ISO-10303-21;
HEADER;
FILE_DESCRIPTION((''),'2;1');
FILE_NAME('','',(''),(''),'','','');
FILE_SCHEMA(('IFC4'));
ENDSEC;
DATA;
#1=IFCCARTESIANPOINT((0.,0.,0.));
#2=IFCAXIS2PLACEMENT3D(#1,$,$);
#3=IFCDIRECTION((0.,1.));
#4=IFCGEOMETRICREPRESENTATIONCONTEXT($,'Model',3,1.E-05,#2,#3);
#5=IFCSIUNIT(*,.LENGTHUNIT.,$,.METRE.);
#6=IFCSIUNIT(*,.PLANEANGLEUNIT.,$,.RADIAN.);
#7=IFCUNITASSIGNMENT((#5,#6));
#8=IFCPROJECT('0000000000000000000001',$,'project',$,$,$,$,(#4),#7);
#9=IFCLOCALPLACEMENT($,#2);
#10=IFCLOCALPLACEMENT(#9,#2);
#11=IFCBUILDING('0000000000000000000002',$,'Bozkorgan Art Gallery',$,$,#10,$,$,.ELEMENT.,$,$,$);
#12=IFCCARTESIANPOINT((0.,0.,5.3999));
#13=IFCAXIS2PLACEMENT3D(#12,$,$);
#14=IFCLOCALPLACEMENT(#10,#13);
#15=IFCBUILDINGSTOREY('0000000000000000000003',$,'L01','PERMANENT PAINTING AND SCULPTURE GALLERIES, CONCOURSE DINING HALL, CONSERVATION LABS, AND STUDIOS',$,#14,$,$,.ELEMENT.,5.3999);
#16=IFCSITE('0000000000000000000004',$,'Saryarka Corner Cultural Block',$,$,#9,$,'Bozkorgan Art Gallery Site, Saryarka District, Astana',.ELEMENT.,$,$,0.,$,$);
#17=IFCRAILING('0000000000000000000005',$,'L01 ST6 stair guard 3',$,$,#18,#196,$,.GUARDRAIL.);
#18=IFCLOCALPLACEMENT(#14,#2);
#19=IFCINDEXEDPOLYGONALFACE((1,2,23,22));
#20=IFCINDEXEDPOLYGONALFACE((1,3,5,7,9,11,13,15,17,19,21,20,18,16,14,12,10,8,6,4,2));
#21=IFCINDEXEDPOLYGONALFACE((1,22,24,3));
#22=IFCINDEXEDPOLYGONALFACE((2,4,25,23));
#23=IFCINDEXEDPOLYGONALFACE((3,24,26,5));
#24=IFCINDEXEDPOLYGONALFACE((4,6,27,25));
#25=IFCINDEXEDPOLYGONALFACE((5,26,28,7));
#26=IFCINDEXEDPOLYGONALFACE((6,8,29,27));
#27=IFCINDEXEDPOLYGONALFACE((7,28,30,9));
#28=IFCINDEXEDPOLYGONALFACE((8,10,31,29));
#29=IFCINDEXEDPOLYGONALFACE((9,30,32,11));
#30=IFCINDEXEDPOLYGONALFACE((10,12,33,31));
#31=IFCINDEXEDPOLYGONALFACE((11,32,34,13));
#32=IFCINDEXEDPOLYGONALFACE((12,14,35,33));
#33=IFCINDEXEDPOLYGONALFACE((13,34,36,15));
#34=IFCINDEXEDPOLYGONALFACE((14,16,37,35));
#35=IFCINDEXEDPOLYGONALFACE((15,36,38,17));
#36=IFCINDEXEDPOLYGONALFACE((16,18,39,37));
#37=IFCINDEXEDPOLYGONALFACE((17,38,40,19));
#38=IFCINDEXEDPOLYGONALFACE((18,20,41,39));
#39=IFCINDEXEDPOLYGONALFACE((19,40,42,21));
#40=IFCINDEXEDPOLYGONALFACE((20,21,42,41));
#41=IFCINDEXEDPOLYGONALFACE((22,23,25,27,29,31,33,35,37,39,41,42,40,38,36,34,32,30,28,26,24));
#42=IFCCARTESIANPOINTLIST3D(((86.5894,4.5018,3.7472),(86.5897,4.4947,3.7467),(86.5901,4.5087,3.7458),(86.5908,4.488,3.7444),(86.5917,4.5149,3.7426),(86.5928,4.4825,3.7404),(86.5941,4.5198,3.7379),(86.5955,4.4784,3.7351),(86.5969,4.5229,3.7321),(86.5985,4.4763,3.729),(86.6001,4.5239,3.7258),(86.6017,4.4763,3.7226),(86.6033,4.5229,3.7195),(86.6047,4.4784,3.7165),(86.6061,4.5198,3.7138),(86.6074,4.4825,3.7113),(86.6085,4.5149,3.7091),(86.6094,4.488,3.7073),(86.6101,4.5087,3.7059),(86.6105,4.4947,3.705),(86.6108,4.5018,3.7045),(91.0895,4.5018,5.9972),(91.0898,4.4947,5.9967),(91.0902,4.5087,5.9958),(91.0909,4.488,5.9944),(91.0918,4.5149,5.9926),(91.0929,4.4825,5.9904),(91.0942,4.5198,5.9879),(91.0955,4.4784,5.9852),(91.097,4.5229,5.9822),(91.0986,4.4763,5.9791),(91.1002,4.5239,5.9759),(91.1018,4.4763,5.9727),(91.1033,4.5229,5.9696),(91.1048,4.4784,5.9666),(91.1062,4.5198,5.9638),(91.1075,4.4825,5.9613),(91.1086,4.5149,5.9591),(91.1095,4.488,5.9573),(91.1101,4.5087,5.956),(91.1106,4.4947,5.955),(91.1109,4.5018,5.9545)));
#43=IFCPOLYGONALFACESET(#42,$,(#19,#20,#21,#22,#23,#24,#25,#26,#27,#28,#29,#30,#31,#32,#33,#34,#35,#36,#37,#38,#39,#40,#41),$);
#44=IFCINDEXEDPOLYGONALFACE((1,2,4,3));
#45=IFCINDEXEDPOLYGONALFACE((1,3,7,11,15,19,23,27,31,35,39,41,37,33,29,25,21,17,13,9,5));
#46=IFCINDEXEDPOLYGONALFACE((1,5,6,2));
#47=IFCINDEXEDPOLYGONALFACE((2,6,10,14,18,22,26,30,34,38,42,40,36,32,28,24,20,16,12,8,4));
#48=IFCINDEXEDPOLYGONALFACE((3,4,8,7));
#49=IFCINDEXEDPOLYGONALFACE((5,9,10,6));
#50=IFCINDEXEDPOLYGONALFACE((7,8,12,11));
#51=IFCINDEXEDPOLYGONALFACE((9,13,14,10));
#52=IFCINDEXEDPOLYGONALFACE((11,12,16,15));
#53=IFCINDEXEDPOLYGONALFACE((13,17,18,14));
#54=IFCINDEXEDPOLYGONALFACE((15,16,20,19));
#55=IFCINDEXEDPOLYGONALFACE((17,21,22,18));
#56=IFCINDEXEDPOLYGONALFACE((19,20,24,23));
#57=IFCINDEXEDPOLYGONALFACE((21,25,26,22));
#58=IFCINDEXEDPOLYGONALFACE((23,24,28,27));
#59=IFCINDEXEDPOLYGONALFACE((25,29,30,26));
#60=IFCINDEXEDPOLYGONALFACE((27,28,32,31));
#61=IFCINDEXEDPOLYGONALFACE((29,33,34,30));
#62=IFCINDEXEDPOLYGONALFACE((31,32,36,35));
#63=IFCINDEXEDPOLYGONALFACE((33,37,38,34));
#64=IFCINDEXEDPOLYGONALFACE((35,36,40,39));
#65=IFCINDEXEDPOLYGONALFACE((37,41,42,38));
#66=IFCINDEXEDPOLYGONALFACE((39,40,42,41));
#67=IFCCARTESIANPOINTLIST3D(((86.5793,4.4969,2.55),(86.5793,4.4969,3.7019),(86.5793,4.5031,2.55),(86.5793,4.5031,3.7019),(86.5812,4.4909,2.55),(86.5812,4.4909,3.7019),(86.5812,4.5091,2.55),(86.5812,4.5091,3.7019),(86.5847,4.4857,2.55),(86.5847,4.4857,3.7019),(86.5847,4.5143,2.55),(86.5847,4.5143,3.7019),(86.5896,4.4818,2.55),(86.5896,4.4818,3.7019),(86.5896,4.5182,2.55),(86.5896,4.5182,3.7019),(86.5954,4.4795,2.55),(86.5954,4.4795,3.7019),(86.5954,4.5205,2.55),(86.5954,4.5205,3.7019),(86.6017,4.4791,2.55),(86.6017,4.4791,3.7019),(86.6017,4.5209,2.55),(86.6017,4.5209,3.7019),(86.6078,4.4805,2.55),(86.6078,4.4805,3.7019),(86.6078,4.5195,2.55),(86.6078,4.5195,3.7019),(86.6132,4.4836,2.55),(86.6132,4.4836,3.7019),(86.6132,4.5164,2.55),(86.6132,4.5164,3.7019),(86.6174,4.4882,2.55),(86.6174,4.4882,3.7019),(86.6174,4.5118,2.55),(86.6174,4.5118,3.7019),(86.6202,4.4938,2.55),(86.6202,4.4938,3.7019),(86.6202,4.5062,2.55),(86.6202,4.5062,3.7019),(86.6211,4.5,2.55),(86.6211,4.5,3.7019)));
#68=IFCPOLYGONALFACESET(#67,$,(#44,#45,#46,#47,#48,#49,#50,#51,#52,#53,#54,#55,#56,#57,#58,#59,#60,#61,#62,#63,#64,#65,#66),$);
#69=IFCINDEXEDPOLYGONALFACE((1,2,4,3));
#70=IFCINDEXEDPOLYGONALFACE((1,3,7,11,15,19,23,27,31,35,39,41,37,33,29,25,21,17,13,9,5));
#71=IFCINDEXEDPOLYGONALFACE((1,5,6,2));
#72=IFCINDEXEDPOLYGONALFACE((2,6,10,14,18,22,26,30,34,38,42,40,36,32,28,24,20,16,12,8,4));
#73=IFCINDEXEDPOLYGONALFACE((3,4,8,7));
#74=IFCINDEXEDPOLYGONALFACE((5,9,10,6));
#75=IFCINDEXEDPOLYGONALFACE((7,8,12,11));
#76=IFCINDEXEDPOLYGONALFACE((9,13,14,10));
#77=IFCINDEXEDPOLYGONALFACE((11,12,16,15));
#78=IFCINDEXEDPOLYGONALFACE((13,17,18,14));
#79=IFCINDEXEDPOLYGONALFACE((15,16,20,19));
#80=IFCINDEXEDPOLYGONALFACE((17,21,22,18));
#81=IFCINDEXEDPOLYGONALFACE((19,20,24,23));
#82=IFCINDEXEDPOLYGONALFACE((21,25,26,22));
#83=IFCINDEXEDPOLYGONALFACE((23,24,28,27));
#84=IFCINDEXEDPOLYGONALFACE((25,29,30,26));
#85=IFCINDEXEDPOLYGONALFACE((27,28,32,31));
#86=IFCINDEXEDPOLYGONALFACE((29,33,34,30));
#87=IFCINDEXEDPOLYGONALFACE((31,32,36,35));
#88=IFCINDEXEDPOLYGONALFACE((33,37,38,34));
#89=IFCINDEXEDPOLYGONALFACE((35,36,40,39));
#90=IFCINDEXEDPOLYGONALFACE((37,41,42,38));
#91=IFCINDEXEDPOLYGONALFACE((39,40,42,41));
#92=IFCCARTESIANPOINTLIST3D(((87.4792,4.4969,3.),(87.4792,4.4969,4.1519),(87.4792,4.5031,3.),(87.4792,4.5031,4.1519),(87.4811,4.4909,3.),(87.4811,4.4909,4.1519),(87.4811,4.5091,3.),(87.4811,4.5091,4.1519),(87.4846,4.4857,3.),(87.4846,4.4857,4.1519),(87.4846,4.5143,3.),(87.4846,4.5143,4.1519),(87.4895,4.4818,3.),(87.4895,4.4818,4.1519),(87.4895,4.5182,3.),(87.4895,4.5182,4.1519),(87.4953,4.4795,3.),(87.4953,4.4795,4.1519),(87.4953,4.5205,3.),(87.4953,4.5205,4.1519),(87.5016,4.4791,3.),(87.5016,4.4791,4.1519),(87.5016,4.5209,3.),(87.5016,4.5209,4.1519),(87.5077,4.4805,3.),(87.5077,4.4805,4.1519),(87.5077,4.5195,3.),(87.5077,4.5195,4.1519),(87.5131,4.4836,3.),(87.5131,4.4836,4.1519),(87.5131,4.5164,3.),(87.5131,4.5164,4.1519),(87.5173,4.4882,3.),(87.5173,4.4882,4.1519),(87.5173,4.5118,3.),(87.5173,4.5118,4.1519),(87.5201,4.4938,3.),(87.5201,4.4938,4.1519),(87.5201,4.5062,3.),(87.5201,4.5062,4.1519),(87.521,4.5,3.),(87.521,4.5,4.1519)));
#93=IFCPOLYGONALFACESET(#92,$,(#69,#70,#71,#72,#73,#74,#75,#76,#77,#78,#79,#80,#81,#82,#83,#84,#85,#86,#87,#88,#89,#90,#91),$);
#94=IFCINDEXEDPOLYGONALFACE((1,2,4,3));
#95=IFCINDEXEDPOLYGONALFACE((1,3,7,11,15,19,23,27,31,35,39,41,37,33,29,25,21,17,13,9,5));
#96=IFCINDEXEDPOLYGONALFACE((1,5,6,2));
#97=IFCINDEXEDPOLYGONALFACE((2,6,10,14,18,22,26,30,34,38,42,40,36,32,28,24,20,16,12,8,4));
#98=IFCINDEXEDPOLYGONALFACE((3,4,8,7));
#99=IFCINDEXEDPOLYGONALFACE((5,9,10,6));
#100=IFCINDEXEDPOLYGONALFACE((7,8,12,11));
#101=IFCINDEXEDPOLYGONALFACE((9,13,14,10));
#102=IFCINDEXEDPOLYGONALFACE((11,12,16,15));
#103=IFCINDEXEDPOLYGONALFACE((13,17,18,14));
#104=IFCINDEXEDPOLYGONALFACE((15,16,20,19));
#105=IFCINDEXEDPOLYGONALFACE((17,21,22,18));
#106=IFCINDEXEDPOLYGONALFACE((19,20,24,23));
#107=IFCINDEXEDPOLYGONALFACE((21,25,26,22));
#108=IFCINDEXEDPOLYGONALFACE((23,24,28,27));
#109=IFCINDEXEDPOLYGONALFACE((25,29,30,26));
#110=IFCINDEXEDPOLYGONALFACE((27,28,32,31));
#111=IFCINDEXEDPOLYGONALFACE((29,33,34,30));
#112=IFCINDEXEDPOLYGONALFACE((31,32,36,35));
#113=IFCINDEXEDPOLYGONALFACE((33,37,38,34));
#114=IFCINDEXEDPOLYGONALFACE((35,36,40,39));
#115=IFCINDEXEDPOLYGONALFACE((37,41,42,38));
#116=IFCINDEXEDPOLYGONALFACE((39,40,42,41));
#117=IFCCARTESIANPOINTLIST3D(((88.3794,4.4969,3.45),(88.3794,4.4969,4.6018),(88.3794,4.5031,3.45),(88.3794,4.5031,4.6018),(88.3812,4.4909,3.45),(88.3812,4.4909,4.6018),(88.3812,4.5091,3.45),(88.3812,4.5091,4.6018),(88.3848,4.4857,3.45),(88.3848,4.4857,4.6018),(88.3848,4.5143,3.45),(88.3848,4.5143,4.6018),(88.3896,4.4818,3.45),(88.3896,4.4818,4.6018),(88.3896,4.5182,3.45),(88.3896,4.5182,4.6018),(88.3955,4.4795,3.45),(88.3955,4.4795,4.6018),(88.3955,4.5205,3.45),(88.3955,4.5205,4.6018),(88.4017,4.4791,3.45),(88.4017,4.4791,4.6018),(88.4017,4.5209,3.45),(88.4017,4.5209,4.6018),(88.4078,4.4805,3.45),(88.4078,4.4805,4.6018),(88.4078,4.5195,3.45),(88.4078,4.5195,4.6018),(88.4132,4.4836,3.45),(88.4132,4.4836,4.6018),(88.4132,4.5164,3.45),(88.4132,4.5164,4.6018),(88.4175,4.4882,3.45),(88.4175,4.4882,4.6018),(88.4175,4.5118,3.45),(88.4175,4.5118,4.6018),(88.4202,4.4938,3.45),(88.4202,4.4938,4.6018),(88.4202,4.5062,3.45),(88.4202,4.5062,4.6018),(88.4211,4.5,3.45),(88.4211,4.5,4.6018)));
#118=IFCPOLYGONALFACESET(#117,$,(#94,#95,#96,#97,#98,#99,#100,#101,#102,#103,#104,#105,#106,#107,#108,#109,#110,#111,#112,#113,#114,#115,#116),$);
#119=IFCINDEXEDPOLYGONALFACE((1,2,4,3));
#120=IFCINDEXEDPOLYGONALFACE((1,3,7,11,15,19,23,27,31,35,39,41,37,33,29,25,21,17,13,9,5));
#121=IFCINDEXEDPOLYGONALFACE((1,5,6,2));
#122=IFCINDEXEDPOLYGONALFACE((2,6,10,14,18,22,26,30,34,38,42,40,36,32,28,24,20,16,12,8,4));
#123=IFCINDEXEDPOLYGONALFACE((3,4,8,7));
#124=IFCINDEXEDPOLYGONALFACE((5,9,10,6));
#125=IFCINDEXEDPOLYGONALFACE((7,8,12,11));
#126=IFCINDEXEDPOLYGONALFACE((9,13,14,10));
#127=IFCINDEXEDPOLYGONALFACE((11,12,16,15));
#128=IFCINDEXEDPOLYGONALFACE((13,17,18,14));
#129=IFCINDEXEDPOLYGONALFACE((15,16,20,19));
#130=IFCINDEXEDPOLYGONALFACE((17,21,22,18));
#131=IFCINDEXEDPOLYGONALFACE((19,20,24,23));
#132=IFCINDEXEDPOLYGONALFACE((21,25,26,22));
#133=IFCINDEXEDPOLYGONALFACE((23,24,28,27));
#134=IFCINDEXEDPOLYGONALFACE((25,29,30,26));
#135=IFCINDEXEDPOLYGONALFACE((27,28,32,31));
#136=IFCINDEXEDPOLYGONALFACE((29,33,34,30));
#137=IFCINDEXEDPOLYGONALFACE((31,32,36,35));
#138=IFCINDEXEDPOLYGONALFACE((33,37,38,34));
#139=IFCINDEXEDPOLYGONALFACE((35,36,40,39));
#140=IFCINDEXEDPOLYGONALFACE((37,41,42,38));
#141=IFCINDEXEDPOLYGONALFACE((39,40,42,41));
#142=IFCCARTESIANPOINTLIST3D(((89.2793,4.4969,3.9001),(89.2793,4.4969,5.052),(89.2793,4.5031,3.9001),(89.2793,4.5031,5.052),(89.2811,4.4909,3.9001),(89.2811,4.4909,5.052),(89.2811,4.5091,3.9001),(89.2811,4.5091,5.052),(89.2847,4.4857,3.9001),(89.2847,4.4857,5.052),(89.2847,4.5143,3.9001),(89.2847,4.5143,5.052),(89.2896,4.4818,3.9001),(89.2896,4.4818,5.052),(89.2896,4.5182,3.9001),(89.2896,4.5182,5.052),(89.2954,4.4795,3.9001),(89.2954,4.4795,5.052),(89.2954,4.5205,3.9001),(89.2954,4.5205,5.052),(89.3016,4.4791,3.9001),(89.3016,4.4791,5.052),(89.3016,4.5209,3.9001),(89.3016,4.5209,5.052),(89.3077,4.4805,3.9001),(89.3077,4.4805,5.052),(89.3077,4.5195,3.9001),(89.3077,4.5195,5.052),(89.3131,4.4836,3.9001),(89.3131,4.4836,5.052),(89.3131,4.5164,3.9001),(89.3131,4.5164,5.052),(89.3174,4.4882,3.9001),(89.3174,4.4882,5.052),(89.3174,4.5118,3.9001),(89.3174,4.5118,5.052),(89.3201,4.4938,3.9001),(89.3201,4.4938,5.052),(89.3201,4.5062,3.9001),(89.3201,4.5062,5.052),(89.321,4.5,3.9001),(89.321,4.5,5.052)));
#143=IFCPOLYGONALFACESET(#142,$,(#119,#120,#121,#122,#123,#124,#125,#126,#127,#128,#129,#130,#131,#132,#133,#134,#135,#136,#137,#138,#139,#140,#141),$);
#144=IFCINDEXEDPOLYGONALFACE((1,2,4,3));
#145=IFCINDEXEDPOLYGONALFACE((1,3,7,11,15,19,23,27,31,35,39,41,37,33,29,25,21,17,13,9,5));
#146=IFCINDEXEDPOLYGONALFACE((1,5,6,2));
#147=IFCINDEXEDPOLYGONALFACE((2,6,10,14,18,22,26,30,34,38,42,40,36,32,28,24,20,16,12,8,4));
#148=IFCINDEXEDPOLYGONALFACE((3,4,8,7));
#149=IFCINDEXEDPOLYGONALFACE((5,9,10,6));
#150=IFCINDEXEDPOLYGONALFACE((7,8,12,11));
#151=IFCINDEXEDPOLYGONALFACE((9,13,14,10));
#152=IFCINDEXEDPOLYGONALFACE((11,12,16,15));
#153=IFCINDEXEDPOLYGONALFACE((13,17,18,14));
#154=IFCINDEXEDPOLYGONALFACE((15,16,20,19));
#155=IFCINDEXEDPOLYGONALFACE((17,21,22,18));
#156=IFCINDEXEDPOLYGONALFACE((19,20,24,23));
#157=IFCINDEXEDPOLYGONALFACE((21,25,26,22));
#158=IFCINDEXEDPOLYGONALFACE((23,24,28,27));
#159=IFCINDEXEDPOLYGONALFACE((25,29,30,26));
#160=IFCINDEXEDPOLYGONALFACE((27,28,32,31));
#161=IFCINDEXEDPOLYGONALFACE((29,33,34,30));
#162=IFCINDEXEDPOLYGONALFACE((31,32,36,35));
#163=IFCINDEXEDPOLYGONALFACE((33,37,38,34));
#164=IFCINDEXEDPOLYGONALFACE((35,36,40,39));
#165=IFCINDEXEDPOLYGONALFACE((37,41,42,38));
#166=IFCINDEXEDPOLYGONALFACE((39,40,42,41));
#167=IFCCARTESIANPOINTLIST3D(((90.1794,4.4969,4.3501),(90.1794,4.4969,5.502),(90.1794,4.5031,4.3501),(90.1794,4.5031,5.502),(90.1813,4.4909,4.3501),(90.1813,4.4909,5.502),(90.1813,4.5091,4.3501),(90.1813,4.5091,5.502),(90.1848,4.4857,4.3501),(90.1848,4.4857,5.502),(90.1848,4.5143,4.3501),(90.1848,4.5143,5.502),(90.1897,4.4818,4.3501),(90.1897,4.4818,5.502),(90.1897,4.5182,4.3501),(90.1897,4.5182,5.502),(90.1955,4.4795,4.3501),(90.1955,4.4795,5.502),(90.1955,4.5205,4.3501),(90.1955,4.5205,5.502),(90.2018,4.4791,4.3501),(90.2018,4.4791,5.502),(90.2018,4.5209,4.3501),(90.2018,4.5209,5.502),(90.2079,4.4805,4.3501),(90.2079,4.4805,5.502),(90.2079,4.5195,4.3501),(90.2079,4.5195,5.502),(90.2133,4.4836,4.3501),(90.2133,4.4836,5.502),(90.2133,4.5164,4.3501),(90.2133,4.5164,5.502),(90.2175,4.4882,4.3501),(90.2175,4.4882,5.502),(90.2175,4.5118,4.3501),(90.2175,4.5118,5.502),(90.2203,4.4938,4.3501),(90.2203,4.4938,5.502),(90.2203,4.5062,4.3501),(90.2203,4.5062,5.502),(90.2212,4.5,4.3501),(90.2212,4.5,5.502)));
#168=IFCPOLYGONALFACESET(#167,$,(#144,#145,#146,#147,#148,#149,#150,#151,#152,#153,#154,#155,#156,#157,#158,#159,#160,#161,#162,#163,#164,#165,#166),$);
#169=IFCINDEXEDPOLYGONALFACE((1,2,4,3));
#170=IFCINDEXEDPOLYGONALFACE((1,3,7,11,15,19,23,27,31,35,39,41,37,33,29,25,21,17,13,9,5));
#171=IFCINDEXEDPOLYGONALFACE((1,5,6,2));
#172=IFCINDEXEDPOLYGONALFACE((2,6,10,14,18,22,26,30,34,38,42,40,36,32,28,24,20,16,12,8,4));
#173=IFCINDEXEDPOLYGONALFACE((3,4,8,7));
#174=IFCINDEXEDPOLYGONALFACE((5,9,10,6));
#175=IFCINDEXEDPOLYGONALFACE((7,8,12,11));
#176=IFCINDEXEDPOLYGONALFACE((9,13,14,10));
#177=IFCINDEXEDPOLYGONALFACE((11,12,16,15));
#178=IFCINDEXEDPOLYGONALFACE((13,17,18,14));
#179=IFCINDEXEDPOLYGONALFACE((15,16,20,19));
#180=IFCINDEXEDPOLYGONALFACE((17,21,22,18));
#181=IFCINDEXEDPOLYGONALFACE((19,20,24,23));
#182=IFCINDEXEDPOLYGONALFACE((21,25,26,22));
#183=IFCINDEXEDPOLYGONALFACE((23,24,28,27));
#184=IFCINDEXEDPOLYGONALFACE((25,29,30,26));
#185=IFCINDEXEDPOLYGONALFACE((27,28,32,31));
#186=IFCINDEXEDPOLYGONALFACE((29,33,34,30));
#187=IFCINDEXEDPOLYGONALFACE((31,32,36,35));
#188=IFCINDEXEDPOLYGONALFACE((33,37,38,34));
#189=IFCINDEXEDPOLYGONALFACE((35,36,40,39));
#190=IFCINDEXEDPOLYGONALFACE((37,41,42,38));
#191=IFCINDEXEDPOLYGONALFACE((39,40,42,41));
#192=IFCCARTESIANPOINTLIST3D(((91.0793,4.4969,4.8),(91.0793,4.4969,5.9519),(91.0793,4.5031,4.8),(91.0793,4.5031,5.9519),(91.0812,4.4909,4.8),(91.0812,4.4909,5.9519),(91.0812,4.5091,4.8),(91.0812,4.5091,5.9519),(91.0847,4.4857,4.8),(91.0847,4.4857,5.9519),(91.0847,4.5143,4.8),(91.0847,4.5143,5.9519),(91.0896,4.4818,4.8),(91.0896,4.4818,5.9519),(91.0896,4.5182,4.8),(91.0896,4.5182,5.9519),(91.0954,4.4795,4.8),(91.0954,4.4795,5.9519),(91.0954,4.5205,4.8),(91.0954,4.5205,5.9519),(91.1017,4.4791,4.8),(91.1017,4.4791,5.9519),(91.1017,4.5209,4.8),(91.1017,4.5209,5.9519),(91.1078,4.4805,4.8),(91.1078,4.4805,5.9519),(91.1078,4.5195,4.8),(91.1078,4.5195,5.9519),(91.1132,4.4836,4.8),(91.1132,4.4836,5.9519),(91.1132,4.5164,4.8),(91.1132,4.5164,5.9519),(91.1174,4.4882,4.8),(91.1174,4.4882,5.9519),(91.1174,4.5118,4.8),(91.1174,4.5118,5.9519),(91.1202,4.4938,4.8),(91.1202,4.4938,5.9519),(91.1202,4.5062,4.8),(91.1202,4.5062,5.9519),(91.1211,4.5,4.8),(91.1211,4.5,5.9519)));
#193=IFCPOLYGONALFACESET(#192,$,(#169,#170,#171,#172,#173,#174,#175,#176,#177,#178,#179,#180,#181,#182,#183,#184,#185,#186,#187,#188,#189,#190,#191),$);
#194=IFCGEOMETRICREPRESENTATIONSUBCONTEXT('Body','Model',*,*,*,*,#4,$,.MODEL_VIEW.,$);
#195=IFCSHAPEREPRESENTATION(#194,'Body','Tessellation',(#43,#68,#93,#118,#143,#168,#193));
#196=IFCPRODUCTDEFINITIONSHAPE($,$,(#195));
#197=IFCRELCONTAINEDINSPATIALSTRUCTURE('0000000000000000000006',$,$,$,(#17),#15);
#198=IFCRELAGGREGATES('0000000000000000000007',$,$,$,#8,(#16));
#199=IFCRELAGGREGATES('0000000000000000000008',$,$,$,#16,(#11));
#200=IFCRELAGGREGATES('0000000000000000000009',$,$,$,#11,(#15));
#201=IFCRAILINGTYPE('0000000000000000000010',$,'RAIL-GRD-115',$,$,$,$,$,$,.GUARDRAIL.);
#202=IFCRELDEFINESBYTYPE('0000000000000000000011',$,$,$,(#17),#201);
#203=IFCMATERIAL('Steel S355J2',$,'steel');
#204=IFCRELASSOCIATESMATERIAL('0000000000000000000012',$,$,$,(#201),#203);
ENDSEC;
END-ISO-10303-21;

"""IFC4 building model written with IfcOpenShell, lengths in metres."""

from ifc_helpers import new_model, si_unit, direction, frame, origin, origin_2d, place, context, subcontext, project, spatial, circle, extrude, material, type_object, element, save


model = new_model("IFC4")

# Units and contexts
model_context = context("Model", 3, precision=1e-05, world=origin(), true_north=direction((0.0, 1.0)))
body_context = subcontext(model_context, "Body", "Model", "MODEL_VIEW")
ifc_project = project(units=[si_unit("LENGTHUNIT", "METRE"), si_unit("PLANEANGLEUNIT", "RADIAN")], contexts=[model_context])

# Site, building, storey
site_placement = place(None, origin())
site = spatial("IfcSite", under=ifc_project, at=site_placement, Name="Saryarka Corner Cultural Block", LongName="Bozkorgan Art Gallery Site, Saryarka District, Astana", CompositionType="ELEMENT", RefElevation=0.0)
building_placement = place(site_placement, origin())
building = spatial("IfcBuilding", under=site, at=building_placement, Name="Bozkorgan Art Gallery", CompositionType="ELEMENT")
storey_placement = place(building_placement, frame((0.0, 0.0, 5.3999)))
storey = spatial("IfcBuildingStorey", under=building, at=storey_placement, Name="L01", Description="PERMANENT PAINTING AND SCULPTURE GALLERIES, CONCOURSE DINING HALL, CONSERVATION LABS, AND STUDIOS", CompositionType="ELEMENT", Elevation=5.3999)

# Shared definitions
ifc_material_1 = material(Name="Steel S355J2", Category="steel")

# Railing
railing_type_1 = type_object("IfcRailingType", Name="RAIL-GRD-115", PredefinedType="GUARDRAIL", material=ifc_material_1)
railing_1_placement = place(storey_placement, frame((86.6001, 4.5, 2.55)))
element("IfcRailing", 1, at=railing_1_placement, inside=storey, type_object=railing_type_1, Name="L01 ST6 stair guard 3", PredefinedType="GUARDRAIL", context=body_context, shape_type="SweptSolid", body=[
    extrude(circle(Radius=0.0239, at=origin_2d()), frame((0.0, 0.0, 1.1758), z_axis=(0.894427, 0.0, 0.447214), x_axis=(0.0, 1.0, 0.0)), (0.0, 0.0, 1.0), 5.0312),
    extrude(circle(Radius=0.021, at=origin_2d()), origin(), (0.0, 0.0, 1.0), 1.1519),
    extrude(circle(Radius=0.021, at=origin_2d()), frame((0.8999, 0.0, 0.45)), (0.0, 0.0, 1.0), 1.1519),
    extrude(circle(Radius=0.021, at=origin_2d()), frame((1.8, 0.0, 0.8999)), (0.0, 0.0, 1.0), 1.1519),
    extrude(circle(Radius=0.021, at=origin_2d()), frame((2.7, 0.0, 1.3501)), (0.0, 0.0, 1.0), 1.1519),
    extrude(circle(Radius=0.021, at=origin_2d()), frame((3.6001, 0.0, 1.8)), (0.0, 0.0, 1.0), 1.1519),
    extrude(circle(Radius=0.021, at=origin_2d()), frame((4.5, 0.0, 2.25)), (0.0, 0.0, 1.0), 1.1519),
])

save(model, "model.ifc")
